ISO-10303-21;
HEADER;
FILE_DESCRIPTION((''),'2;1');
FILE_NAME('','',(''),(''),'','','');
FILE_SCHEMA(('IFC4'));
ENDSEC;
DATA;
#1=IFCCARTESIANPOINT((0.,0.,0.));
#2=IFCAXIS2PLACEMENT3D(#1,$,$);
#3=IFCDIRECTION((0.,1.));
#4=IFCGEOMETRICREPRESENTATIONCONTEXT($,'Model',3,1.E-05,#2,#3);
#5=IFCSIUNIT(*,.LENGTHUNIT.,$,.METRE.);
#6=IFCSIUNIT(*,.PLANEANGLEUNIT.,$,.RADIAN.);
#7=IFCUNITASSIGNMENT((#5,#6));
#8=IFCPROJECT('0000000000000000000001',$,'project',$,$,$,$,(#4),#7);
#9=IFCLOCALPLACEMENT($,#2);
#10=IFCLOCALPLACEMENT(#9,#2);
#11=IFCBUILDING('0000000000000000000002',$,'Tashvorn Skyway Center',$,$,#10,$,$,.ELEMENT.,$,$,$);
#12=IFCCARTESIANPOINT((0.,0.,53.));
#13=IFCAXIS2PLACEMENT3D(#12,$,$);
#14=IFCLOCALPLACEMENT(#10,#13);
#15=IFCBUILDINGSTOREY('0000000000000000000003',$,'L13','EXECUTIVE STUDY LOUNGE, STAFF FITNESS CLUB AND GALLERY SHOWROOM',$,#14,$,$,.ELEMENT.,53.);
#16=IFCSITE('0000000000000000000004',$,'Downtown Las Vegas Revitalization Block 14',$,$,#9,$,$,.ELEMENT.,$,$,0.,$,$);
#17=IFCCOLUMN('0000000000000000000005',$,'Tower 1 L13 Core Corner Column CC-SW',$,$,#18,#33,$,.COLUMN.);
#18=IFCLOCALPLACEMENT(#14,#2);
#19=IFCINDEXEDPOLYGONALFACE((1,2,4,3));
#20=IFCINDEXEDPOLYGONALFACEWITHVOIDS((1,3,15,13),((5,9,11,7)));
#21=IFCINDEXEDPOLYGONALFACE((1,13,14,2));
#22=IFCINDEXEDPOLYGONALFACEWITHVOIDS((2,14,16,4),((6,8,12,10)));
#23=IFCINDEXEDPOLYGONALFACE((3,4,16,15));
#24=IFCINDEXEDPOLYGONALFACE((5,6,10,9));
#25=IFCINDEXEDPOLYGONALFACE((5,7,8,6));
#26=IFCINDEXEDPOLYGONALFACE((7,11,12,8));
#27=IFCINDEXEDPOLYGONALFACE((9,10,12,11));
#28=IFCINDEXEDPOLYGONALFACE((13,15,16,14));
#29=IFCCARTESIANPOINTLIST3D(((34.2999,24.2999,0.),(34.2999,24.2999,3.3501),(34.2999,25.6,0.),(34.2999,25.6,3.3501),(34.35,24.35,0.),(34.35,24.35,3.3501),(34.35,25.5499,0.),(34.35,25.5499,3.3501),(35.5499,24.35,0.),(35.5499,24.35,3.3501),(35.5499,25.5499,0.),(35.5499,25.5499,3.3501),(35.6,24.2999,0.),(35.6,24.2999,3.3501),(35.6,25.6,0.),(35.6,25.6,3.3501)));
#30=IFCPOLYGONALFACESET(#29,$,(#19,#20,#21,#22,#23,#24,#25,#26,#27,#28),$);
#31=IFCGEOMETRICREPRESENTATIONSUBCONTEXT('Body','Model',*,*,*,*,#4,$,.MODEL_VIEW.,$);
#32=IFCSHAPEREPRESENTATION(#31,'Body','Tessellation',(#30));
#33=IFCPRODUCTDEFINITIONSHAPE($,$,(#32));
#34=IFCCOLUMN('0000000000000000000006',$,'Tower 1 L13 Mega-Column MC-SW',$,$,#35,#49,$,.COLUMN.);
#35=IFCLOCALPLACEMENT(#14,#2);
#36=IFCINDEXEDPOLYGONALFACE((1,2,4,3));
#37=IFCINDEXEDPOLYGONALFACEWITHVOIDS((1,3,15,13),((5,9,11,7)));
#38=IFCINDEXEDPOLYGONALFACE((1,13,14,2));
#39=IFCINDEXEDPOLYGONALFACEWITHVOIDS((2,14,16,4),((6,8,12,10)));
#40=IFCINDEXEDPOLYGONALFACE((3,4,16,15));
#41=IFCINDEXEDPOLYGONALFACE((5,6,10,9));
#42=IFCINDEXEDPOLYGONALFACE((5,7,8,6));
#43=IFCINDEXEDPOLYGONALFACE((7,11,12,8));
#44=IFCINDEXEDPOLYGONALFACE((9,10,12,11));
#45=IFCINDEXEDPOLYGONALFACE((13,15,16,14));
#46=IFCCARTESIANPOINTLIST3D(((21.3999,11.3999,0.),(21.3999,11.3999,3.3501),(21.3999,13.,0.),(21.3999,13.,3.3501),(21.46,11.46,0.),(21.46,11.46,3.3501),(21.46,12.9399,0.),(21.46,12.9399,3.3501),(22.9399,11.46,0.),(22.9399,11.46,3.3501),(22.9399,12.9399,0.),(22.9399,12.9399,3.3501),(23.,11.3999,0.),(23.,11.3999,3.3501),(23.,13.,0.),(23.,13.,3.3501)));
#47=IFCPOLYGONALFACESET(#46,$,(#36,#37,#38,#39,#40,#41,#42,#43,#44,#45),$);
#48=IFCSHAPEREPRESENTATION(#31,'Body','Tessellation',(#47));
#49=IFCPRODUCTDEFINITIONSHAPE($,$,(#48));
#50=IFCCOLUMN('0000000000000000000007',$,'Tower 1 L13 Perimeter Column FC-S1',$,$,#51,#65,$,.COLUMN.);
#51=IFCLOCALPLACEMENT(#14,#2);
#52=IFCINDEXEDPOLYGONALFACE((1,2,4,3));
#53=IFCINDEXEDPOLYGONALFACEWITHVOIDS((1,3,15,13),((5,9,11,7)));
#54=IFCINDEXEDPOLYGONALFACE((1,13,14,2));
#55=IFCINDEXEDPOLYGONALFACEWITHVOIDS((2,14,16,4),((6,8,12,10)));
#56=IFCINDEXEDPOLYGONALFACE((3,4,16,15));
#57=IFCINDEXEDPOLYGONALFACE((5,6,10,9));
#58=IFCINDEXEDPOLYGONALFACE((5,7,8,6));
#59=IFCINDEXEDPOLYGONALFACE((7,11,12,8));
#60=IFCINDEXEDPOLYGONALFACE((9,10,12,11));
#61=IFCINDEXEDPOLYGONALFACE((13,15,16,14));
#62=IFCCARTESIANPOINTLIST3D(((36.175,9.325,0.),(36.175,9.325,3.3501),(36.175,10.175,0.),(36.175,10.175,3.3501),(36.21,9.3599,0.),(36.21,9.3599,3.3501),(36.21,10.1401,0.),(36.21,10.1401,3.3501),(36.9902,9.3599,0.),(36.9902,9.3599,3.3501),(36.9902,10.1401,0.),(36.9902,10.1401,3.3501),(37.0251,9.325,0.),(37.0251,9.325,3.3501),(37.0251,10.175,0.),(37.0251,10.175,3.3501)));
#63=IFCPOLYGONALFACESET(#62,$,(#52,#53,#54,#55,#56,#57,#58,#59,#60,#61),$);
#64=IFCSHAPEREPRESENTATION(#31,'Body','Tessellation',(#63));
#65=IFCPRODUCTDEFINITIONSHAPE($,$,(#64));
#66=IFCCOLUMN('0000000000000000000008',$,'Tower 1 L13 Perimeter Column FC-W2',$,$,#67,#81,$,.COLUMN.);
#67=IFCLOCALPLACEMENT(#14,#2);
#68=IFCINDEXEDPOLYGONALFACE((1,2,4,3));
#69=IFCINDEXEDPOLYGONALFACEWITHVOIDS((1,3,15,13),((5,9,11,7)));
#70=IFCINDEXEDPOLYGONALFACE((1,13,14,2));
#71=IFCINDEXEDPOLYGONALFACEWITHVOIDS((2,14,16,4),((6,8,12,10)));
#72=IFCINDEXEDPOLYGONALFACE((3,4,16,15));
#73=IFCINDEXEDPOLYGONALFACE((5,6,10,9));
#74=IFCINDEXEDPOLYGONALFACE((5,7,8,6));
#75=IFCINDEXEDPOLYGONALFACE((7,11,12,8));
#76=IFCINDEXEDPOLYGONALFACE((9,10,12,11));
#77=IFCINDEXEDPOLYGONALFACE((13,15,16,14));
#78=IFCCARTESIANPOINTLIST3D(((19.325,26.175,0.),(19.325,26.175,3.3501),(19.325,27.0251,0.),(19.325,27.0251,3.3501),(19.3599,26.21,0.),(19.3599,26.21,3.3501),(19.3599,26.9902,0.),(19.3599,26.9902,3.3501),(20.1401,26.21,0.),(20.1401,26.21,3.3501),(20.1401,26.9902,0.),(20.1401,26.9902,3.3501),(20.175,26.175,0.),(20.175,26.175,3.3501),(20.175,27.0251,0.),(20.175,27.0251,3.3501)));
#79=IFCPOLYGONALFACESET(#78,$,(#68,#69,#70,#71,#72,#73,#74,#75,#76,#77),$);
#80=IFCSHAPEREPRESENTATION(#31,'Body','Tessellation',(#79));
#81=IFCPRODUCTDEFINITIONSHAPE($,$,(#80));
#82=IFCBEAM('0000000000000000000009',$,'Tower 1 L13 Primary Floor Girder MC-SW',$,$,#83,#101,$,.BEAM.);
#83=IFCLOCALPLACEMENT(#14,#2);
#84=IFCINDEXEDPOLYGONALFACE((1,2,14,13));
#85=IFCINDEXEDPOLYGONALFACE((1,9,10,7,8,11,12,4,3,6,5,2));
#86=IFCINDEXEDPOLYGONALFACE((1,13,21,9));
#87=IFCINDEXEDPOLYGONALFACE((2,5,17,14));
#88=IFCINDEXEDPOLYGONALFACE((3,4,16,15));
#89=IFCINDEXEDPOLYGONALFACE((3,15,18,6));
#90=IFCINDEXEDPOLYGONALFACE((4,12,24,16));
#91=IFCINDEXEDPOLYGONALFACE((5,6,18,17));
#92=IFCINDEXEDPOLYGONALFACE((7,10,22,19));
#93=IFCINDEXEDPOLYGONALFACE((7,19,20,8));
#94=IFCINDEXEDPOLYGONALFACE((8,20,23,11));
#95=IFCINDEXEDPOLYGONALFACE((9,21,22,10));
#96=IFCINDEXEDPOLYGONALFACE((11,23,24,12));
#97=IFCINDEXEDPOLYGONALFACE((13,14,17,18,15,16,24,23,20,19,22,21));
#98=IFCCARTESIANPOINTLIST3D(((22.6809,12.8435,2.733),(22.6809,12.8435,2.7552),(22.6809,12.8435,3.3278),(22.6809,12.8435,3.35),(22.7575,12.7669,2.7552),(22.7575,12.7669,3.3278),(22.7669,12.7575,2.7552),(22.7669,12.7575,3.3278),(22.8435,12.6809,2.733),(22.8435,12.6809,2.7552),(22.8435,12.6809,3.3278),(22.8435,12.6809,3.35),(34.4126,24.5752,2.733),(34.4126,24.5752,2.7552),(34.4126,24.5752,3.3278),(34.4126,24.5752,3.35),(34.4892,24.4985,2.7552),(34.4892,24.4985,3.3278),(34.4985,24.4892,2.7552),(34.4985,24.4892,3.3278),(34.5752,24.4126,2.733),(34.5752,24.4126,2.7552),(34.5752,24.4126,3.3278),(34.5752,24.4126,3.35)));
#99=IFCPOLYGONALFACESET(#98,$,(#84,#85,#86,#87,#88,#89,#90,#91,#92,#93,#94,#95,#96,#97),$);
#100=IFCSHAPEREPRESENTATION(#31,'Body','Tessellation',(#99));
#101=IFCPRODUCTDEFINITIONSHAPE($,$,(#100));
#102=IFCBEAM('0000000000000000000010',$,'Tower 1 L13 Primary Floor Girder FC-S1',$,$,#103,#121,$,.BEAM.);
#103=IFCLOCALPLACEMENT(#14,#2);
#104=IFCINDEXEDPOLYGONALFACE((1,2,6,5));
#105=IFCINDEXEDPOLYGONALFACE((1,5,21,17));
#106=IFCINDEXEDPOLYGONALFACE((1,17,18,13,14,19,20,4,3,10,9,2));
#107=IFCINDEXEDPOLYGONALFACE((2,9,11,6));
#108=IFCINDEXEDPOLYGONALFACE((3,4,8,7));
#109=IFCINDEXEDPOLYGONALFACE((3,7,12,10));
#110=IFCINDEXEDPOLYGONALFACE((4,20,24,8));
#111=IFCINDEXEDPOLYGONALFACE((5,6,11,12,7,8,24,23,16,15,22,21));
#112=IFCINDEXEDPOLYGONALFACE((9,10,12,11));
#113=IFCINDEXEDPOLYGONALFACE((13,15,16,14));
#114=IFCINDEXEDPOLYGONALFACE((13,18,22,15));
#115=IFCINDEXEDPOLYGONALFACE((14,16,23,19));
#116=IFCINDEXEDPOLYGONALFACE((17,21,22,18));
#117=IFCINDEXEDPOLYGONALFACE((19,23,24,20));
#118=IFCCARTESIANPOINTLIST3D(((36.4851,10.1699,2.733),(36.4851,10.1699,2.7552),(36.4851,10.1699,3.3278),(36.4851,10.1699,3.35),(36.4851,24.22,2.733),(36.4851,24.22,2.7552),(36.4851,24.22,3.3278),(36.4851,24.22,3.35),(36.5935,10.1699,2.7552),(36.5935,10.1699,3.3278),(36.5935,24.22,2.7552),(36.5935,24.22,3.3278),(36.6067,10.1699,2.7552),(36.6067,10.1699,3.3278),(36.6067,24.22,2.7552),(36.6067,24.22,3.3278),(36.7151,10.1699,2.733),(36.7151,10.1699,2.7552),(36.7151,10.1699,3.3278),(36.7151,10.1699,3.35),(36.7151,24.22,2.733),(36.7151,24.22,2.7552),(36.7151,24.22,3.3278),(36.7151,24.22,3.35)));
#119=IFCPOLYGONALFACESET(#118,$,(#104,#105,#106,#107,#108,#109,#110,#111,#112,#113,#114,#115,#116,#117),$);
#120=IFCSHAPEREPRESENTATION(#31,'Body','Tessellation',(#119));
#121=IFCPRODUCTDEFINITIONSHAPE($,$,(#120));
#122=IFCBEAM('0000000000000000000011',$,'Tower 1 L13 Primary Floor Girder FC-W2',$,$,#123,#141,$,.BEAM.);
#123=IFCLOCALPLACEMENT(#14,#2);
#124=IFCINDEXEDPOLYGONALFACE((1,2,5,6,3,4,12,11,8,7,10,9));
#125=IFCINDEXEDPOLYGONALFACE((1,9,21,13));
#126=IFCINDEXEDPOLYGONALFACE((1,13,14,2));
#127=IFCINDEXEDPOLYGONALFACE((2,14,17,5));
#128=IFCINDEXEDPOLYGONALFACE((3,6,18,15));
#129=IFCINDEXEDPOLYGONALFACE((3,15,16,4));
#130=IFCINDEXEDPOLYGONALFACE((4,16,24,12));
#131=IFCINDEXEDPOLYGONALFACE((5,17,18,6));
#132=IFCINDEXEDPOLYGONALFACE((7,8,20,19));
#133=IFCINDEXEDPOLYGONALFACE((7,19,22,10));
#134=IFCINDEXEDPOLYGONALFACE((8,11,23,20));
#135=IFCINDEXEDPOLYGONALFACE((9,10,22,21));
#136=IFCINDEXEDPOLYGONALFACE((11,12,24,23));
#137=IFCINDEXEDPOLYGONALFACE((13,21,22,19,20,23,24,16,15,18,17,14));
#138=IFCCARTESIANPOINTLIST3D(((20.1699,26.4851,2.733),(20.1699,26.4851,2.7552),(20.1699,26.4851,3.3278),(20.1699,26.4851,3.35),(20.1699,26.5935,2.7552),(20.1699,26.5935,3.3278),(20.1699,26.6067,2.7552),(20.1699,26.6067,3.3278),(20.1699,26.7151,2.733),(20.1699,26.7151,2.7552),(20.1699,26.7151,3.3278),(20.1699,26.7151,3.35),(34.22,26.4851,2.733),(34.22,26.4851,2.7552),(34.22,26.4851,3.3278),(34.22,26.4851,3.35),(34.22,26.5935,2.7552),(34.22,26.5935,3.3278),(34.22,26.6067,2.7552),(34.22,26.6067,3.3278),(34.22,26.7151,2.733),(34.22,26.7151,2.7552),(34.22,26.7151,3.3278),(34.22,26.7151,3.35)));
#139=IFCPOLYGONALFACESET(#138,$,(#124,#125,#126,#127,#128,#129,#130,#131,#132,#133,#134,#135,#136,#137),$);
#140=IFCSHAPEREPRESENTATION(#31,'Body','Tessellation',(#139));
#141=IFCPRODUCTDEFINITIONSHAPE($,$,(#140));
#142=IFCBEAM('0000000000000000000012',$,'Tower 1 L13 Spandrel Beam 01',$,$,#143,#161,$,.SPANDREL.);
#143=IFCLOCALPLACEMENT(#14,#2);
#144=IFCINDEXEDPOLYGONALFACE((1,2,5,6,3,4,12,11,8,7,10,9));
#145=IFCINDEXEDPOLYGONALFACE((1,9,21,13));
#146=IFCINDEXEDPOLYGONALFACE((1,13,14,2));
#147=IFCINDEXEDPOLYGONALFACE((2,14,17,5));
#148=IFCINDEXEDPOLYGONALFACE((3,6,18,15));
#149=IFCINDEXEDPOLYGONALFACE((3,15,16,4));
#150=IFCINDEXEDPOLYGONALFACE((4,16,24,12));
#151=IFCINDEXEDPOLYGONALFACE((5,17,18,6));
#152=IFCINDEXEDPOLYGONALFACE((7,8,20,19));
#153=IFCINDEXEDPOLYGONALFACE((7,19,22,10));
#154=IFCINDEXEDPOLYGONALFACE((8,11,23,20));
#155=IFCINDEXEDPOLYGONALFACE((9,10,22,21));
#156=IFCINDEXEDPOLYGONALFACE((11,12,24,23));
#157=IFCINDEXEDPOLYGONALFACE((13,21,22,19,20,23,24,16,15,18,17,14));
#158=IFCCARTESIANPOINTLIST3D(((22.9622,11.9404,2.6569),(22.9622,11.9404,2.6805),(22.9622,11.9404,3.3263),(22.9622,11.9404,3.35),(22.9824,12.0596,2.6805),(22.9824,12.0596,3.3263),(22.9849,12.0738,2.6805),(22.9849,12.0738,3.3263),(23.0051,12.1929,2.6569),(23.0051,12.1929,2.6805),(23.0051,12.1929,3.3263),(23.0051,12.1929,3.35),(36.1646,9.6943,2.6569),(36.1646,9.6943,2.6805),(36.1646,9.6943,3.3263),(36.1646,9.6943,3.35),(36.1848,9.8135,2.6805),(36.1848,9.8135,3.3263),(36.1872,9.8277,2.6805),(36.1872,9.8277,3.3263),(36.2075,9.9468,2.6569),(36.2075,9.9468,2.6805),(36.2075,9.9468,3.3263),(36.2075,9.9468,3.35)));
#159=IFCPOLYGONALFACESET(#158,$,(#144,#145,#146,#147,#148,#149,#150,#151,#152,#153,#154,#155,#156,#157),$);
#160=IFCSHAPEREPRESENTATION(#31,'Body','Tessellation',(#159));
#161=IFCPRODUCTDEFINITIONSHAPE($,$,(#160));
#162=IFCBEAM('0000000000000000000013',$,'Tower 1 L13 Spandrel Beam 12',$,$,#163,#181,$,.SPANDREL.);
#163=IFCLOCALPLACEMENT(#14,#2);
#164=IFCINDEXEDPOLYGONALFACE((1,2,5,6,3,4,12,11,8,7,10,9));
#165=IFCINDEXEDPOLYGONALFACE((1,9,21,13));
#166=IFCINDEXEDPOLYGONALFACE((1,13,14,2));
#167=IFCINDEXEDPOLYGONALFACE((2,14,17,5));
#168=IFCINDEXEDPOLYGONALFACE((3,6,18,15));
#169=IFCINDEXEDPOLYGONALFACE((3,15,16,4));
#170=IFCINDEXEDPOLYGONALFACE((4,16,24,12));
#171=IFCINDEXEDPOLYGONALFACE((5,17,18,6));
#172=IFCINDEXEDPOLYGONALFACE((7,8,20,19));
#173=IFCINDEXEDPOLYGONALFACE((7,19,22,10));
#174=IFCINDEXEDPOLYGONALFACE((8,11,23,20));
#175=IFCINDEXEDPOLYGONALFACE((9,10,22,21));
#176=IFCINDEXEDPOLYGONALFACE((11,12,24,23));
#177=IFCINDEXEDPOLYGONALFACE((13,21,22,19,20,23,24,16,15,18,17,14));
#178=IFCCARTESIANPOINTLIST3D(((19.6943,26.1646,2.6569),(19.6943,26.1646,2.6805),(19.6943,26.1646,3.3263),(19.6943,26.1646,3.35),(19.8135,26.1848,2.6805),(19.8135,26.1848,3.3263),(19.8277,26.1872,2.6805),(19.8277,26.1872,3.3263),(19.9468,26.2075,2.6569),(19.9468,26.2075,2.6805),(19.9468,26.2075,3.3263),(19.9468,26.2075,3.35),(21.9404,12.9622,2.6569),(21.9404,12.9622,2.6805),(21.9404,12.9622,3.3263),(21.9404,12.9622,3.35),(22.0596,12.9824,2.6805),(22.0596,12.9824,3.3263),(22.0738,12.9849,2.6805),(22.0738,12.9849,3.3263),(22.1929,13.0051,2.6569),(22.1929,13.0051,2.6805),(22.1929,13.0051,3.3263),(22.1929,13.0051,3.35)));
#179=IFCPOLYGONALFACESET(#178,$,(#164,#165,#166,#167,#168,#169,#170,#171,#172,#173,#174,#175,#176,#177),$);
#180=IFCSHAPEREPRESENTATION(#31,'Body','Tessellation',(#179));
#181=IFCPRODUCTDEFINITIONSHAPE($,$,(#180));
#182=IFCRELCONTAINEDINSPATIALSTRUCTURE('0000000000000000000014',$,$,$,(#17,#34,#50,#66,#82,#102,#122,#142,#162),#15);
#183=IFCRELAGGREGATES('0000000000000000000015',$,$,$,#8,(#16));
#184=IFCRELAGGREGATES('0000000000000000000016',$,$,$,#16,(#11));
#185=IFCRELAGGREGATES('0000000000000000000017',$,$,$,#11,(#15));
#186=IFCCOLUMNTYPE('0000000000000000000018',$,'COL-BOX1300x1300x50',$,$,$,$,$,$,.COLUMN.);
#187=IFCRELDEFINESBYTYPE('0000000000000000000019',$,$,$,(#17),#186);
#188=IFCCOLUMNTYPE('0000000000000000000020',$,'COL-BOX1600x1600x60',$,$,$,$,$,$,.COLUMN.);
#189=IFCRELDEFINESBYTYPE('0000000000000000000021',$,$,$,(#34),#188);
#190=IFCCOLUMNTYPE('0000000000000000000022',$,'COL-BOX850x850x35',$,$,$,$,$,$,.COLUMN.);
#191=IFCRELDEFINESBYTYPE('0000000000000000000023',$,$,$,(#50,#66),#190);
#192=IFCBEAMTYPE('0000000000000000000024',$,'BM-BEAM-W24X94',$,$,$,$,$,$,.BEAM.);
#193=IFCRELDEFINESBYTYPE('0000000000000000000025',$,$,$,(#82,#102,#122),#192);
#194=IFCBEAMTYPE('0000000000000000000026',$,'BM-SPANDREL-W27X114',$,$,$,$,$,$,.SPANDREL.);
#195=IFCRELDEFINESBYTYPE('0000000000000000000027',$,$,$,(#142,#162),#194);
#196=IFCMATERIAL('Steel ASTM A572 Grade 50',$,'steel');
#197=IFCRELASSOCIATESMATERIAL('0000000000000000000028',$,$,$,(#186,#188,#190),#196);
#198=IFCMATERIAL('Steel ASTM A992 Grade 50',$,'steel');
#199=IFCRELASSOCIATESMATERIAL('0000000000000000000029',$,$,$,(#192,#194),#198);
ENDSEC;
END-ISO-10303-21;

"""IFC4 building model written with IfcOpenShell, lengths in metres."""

from ifc_helpers import new_model, si_unit, direction, frame, origin, origin_2d, place, context, subcontext, project, spatial, hollow_rectangle, i_section, extrude, material, material_profile, profile_set, type_object, element, save


model = new_model("IFC4")

# Units and contexts
model_context = context("Model", 3, precision=1e-05, world=origin(), true_north=direction((0.0, 1.0)))
body_context = subcontext(model_context, "Body", "Model", "MODEL_VIEW")
ifc_project = project(units=[si_unit("LENGTHUNIT", "METRE"), si_unit("PLANEANGLEUNIT", "RADIAN")], contexts=[model_context])

# Site, building, storey
site_placement = place(None, origin())
site = spatial("IfcSite", under=ifc_project, at=site_placement, Name="Downtown Las Vegas Revitalization Block 14", CompositionType="ELEMENT", RefElevation=0.0)
building_placement = place(site_placement, origin())
building = spatial("IfcBuilding", under=site, at=building_placement, Name="Tashvorn Skyway Center", CompositionType="ELEMENT")
storey_placement = place(building_placement, frame((0.0, 0.0, 53.0)))
storey = spatial("IfcBuildingStorey", under=building, at=storey_placement, Name="L13", Description="EXECUTIVE STUDY LOUNGE, STAFF FITNESS CLUB AND GALLERY SHOWROOM", CompositionType="ELEMENT", Elevation=53.0)

# Columns
ifc_material_1 = material(Name="Steel ASTM A572 Grade 50", Category="steel")
ifc_material_profile_1 = material_profile(ifc_material_1, hollow_rectangle(XDim=1.3, YDim=1.3, WallThickness=0.05, at=origin_2d()), Name="BOX1300x1300x50")
ifc_profile_set_1 = profile_set([ifc_material_profile_1], Name="Steel ASTM A572 Grade 50")
column_type_1 = type_object("IfcColumnType", Name="COL-BOX1300x1300x50", PredefinedType="COLUMN", material=ifc_profile_set_1)
column_1_placement = place(storey_placement, frame((34.95, 24.95, 0.0), z_axis=(0.0, 0.0, 1.0), x_axis=(1.0, 0.0, 0.0)))
element("IfcColumn", 1, at=column_1_placement, inside=storey, type_object=column_type_1, Name="Tower 1 L13 Core Corner Column CC-SW", PredefinedType="COLUMN", context=body_context, shape_type="SweptSolid", body=[
    extrude(hollow_rectangle(XDim=1.3, YDim=1.3, WallThickness=0.05, at=origin_2d()), origin(), (0.0, 0.0, 1.0), 3.3501),
])
ifc_material_profile_2 = material_profile(ifc_material_1, hollow_rectangle(XDim=1.6001, YDim=1.6001, WallThickness=0.0601, at=origin_2d()), Name="BOX1600x1600x60")
ifc_profile_set_2 = profile_set([ifc_material_profile_2], Name="Steel ASTM A572 Grade 50")
column_type_2 = type_object("IfcColumnType", Name="COL-BOX1600x1600x60", PredefinedType="COLUMN", material=ifc_profile_set_2)
column_2_placement = place(storey_placement, frame((22.2, 12.2, 0.0), z_axis=(0.0, 0.0, 1.0), x_axis=(1.0, 0.0, 0.0)))
element("IfcColumn", 2, at=column_2_placement, inside=storey, type_object=column_type_2, Name="Tower 1 L13 Mega-Column MC-SW", PredefinedType="COLUMN", context=body_context, shape_type="SweptSolid", body=[
    extrude(hollow_rectangle(XDim=1.6001, YDim=1.6001, WallThickness=0.0601, at=origin_2d()), origin(), (0.0, 0.0, 1.0), 3.3501),
])
ifc_material_profile_3 = material_profile(ifc_material_1, hollow_rectangle(XDim=0.8501, YDim=0.8501, WallThickness=0.0349, at=origin_2d()), Name="BOX850x850x35")
ifc_profile_set_3 = profile_set([ifc_material_profile_3], Name="Steel ASTM A572 Grade 50")
column_type_3 = type_object("IfcColumnType", Name="COL-BOX850x850x35", PredefinedType="COLUMN", material=ifc_profile_set_3)
for number, where, z_axis, x_axis, name in (
    (3, (36.6001, 9.75, 0.0), (0.0, 0.0, 1.0), (1.0, 0.0, 0.0), "Tower 1 L13 Perimeter Column FC-S1"),
    (4, (19.75, 26.6001, 0.0), (0.0, 0.0, 1.0), (1.0, 0.0, 0.0), "Tower 1 L13 Perimeter Column FC-W2"),
):
    element("IfcColumn", number, at=place(storey_placement, frame(where, z_axis=z_axis, x_axis=x_axis)), inside=storey, type_object=column_type_3, Name=name, PredefinedType="COLUMN", context=body_context, shape_type="SweptSolid", body=[
        extrude(hollow_rectangle(XDim=0.8501, YDim=0.8501, WallThickness=0.0349, at=origin_2d()), origin(), (0.0, 0.0, 1.0), 3.3501),
    ])

# Beams
ifc_material_2 = material(Name="Steel ASTM A992 Grade 50", Category="steel")
ifc_material_profile_4 = material_profile(ifc_material_2, i_section(OverallWidth=0.23, OverallDepth=0.6169, WebThickness=0.0132, FlangeThickness=0.0222, at=origin_2d()), Name="W24X94")
ifc_profile_set_4 = profile_set([ifc_material_profile_4], Name="Steel ASTM A992 Grade 50")
beam_type_1 = type_object("IfcBeamType", Name="BM-BEAM-W24X94", PredefinedType="BEAM", material=ifc_profile_set_4)
beam_placement = place(storey_placement, frame((22.7622, 12.7622, 3.0415), z_axis=(0.707107, 0.707107, 0.0), x_axis=(-0.707107, 0.707107, 0.0)))
element("IfcBeam", 5, at=beam_placement, inside=storey, type_object=beam_type_1, Name="Tower 1 L13 Primary Floor Girder MC-SW", PredefinedType="BEAM", context=body_context, shape_type="SweptSolid", body=[
    extrude(i_section(OverallWidth=0.23, OverallDepth=0.6169, WebThickness=0.0132, FlangeThickness=0.0222, at=origin_2d()), origin(), (0.0, 0.0, 1.0), 16.5911),
])
for number, where, z_axis, x_axis, name in (
    (6, (36.6001, 10.1699, 3.0415), (0.0, 1.0, 0.0), (-1.0, 0.0, 0.0), "Tower 1 L13 Primary Floor Girder FC-S1"),
    (7, (20.1699, 26.6001, 3.0415), (1.0, 0.0, 0.0), (0.0, 1.0, 0.0), "Tower 1 L13 Primary Floor Girder FC-W2"),
):
    element("IfcBeam", number, at=place(storey_placement, frame(where, z_axis=z_axis, x_axis=x_axis)), inside=storey, type_object=beam_type_1, Name=name, PredefinedType="BEAM", context=body_context, shape_type="SweptSolid", body=[
        extrude(i_section(OverallWidth=0.23, OverallDepth=0.6169, WebThickness=0.0132, FlangeThickness=0.0222, at=origin_2d()), origin(), (0.0, 0.0, 1.0), 14.05),
    ])
ifc_material_profile_5 = material_profile(ifc_material_2, i_section(OverallWidth=0.2561, OverallDepth=0.6931, WebThickness=0.0144, FlangeThickness=0.0237, at=origin_2d()), Name="W27X114")
ifc_profile_set_5 = profile_set([ifc_material_profile_5], Name="Steel ASTM A992 Grade 50")
beam_type_2 = type_object("IfcBeamType", Name="BM-SPANDREL-W27X114", PredefinedType="SPANDREL", material=ifc_profile_set_5)
for number, where, z_axis, x_axis, name in (
    (8, (22.9836, 12.0667, 3.0034), (0.985835, -0.167718, 0.0), (0.167718, 0.985835, 0.0), "Tower 1 L13 Spandrel Beam 01"),
    (9, (19.8206, 26.186, 3.0034), (0.167718, -0.985835, 0.0), (0.985835, 0.167718, 0.0), "Tower 1 L13 Spandrel Beam 12"),
):
    element("IfcBeam", number, at=place(storey_placement, frame(where, z_axis=z_axis, x_axis=x_axis)), inside=storey, type_object=beam_type_2, Name=name, PredefinedType="SPANDREL", context=body_context, shape_type="SweptSolid", body=[
        extrude(i_section(OverallWidth=0.2561, OverallDepth=0.6931, WebThickness=0.0144, FlangeThickness=0.0237, at=origin_2d()), origin(), (0.0, 0.0, 1.0), 13.3921),
    ])

save(model, "model.ifc")
